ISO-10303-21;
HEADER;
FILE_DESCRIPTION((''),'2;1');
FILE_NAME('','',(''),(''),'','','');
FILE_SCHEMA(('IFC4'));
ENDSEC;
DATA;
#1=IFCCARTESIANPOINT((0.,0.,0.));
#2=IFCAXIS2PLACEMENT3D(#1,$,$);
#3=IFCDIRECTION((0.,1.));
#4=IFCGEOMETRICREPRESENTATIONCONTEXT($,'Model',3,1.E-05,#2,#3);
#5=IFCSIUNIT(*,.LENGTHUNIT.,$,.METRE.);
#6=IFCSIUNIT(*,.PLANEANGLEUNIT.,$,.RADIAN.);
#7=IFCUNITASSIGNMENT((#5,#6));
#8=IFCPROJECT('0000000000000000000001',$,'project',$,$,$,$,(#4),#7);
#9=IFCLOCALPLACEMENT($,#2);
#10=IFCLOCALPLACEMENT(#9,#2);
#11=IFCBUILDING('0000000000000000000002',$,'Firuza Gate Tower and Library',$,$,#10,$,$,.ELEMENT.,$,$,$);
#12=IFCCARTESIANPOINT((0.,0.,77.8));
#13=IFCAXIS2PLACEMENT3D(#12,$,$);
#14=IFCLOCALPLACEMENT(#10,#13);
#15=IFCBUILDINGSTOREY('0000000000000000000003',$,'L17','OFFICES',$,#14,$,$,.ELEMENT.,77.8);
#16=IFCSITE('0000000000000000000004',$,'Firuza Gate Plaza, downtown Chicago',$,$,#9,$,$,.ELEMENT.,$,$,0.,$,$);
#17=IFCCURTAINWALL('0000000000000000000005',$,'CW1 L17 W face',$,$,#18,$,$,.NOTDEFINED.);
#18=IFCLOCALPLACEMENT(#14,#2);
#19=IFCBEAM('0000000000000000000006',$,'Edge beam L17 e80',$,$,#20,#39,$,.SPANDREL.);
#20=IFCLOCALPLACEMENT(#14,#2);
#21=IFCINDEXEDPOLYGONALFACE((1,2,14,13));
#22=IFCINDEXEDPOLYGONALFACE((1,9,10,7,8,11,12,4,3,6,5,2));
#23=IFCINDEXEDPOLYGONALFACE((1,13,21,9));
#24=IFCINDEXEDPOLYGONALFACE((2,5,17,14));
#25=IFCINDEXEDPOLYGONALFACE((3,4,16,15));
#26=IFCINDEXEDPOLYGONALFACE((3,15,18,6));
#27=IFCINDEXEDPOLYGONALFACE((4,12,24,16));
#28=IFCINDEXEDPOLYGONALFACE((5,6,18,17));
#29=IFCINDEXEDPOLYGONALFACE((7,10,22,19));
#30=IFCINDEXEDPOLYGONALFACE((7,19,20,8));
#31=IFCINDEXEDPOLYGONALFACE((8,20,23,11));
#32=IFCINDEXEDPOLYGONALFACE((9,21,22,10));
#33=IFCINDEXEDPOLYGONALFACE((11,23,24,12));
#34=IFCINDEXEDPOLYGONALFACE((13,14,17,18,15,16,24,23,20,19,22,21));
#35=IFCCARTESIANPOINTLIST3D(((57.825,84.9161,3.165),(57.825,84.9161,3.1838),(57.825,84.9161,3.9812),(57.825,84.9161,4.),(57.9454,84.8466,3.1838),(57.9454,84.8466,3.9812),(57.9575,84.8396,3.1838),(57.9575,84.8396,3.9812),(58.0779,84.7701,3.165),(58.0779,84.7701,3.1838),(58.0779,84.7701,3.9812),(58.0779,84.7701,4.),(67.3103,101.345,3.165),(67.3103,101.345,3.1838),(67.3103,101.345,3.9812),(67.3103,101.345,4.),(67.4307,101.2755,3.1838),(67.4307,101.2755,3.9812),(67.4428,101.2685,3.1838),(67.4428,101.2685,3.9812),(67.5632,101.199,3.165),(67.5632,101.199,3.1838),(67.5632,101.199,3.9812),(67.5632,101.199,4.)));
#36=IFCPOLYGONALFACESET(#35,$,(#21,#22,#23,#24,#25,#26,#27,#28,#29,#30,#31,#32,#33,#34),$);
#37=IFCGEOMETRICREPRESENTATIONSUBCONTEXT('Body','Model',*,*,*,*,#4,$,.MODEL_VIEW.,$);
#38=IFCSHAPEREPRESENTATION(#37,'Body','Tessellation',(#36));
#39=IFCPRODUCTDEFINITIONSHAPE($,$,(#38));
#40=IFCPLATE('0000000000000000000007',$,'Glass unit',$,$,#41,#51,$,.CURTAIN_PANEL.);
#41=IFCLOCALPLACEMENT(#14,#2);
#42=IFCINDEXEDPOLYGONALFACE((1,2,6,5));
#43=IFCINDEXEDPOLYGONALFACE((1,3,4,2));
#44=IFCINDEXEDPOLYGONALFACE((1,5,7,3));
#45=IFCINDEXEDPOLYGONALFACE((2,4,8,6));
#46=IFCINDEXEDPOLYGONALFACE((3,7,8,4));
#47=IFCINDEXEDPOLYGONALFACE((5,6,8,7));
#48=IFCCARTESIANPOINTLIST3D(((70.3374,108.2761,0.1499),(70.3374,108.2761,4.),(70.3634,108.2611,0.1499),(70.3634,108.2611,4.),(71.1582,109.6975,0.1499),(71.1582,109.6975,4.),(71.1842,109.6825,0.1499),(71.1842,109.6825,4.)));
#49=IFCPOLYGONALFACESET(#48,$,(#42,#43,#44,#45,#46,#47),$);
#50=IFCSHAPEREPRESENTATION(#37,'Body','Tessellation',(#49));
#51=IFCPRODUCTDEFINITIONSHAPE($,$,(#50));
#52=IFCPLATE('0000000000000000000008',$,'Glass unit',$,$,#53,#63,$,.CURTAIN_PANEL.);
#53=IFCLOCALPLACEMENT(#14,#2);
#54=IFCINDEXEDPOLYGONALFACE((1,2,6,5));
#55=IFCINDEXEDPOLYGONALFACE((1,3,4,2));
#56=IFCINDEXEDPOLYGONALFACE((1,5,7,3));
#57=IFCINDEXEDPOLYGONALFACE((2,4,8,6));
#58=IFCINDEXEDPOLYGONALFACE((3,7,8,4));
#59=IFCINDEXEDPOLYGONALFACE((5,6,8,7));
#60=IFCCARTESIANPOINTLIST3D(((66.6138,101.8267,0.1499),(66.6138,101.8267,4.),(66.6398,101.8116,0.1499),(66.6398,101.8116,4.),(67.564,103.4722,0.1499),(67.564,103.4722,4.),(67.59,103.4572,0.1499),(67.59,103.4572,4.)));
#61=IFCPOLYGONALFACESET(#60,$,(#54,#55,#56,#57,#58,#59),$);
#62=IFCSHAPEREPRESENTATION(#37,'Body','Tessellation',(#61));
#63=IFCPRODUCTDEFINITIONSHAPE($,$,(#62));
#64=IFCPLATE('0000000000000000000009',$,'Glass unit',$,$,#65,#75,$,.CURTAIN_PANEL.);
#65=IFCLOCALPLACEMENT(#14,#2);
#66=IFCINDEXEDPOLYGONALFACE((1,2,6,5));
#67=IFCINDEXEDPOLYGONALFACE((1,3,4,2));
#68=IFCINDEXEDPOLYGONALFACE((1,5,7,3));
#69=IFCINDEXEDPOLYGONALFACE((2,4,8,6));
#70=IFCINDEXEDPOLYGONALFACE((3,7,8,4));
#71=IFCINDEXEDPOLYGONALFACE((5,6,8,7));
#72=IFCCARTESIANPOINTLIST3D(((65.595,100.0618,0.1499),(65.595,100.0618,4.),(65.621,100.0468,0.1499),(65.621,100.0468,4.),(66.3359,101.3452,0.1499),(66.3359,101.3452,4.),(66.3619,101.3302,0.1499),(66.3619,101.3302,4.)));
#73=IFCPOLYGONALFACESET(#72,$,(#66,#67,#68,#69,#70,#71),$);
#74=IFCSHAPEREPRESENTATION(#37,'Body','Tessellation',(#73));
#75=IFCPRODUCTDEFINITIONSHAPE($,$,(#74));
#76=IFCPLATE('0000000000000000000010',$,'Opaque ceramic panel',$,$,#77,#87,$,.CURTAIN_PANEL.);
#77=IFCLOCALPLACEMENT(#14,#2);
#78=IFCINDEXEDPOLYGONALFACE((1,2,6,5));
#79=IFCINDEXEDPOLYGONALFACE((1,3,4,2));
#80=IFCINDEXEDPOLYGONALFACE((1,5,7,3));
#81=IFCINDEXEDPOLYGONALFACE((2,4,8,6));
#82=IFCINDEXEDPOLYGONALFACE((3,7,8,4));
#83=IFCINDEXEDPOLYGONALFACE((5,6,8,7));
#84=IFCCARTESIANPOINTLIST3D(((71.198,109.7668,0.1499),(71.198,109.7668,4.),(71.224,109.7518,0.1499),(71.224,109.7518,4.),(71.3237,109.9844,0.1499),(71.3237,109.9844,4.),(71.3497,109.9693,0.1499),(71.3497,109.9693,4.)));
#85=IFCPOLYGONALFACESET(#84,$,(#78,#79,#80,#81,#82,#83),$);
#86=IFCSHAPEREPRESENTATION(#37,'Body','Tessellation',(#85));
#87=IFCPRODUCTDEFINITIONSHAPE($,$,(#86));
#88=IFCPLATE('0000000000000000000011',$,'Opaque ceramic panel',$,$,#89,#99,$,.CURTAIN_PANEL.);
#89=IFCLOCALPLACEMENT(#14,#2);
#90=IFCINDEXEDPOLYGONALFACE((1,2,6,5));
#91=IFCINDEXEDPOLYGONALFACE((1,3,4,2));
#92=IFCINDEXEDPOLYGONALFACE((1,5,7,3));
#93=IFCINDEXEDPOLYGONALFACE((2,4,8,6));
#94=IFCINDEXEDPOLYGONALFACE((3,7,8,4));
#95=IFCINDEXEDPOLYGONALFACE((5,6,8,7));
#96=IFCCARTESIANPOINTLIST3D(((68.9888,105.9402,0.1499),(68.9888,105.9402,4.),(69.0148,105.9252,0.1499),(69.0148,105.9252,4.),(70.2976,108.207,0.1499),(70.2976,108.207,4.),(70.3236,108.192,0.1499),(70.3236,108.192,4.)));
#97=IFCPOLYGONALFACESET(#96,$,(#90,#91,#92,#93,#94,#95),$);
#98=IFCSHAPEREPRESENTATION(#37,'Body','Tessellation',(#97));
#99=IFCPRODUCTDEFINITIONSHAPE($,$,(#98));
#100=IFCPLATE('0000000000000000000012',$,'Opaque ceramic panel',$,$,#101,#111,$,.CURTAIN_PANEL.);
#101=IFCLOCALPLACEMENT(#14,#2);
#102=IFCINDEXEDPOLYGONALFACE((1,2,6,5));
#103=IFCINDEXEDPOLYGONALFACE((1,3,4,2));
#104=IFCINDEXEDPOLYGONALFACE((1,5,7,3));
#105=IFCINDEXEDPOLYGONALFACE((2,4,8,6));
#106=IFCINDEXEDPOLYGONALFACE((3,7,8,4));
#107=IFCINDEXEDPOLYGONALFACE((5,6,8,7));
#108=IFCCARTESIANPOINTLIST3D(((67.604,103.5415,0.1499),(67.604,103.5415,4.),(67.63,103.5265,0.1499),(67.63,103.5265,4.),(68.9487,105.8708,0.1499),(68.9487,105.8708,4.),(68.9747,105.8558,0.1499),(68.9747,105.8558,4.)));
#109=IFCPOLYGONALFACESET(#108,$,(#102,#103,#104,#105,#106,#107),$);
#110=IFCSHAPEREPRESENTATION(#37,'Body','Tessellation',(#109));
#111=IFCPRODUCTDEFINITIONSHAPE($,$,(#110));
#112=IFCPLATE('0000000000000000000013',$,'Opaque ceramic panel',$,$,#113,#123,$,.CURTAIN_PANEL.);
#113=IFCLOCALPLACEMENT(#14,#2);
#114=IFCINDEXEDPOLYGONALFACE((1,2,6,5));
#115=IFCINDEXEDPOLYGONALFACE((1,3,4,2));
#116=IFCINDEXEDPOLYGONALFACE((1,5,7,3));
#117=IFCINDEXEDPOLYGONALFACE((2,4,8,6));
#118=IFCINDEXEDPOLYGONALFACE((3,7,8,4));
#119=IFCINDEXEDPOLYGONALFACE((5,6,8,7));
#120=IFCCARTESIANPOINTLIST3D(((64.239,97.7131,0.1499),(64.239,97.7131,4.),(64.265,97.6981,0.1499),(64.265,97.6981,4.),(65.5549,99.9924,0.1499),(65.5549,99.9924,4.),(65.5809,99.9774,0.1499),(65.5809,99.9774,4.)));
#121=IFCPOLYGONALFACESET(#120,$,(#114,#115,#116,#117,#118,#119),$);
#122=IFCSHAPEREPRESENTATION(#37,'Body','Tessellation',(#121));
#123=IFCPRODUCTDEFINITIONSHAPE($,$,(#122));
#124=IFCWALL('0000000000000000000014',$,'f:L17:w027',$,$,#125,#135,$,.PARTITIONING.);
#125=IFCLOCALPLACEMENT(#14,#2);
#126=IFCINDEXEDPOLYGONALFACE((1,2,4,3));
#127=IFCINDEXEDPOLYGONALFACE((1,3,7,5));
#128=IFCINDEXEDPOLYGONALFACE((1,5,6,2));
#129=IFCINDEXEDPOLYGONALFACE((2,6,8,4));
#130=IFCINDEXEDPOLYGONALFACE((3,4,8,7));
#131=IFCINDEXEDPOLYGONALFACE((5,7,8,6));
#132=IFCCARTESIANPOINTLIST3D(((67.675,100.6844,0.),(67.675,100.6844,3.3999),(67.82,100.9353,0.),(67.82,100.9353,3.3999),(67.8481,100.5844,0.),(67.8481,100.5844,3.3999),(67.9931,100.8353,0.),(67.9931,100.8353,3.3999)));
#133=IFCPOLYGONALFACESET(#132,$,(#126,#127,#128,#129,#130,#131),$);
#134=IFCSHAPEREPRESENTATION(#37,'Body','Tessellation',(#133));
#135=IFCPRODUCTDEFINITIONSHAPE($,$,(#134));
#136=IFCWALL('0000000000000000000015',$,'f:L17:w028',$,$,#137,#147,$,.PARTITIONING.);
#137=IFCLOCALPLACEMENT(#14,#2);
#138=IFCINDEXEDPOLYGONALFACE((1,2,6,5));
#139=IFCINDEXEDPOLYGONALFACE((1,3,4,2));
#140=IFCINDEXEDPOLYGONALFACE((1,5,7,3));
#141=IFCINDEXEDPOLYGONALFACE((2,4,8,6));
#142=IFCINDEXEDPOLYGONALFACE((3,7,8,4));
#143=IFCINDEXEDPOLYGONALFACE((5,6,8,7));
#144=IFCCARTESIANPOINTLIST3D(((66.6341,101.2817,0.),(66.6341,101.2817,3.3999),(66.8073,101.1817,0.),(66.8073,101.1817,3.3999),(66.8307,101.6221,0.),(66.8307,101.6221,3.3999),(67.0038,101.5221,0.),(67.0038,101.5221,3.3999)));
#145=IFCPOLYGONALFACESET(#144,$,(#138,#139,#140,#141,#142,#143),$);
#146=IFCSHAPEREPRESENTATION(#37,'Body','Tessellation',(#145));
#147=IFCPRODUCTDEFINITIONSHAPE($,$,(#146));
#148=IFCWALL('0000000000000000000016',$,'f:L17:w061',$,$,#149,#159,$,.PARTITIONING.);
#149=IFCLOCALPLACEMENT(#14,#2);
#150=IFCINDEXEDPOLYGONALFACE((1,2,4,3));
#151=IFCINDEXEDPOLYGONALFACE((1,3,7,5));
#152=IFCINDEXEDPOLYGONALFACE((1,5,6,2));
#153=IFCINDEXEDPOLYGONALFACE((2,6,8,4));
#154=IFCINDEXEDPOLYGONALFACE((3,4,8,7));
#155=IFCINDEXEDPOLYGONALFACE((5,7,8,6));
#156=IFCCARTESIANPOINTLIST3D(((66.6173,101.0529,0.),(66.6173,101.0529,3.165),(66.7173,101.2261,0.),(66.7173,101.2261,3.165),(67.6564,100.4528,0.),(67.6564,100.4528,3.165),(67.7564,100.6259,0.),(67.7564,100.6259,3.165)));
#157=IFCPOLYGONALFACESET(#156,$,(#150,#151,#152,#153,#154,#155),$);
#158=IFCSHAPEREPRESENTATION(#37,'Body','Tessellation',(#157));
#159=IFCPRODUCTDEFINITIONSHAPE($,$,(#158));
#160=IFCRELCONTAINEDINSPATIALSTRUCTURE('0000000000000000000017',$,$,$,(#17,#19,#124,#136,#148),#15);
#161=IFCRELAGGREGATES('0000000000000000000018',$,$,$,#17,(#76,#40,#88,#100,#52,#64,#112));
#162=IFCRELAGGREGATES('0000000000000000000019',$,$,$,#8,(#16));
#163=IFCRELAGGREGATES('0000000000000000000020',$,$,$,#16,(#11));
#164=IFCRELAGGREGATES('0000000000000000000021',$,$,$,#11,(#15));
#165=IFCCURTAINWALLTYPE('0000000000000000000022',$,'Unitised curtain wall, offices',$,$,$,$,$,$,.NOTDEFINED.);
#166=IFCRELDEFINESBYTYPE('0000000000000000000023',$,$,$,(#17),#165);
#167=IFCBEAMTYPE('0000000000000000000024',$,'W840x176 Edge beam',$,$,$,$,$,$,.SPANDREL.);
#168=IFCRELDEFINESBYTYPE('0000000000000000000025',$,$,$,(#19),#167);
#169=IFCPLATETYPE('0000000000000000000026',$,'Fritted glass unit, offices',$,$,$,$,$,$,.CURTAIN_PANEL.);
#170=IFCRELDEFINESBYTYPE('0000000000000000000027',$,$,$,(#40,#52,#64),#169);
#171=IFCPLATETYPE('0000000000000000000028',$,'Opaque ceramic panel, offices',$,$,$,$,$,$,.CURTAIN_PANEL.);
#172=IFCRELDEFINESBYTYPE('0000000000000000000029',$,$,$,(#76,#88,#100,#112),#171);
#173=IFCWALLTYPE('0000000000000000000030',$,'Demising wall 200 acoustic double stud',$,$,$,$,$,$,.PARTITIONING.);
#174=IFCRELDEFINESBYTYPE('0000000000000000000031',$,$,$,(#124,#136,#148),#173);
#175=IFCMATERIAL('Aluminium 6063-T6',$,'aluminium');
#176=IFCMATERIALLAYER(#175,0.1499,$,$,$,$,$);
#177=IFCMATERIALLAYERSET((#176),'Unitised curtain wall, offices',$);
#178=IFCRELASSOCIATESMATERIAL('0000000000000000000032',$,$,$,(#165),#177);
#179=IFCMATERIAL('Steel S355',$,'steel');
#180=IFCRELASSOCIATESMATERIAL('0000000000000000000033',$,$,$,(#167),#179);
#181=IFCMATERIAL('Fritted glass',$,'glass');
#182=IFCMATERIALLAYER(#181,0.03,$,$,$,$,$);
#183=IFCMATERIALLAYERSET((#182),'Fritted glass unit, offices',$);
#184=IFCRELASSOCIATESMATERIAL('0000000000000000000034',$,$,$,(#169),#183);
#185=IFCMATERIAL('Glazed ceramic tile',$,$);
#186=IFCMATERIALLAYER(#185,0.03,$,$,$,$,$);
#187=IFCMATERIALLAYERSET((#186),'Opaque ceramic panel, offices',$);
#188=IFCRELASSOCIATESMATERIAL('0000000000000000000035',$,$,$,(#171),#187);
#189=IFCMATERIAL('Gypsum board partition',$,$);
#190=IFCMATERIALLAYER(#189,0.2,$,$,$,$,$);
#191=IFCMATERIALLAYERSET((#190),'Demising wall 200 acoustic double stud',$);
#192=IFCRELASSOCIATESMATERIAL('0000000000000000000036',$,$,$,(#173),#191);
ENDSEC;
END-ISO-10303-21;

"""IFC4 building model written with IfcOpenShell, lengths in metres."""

from ifc_helpers import new_model, si_unit, direction, frame, frame_2d, origin, origin_2d, place, context, subcontext, project, spatial, polyline, rectangle, i_section, outline, extrude, material, layer, layer_set, material_profile, profile_set, type_object, element, aggregate, save


model = new_model("IFC4")

# Units and contexts
model_context = context("Model", 3, precision=1e-05, world=origin(), true_north=direction((0.0, 1.0)))
body_context = subcontext(model_context, "Body", "Model", "MODEL_VIEW")
ifc_project = project(units=[si_unit("LENGTHUNIT", "METRE"), si_unit("PLANEANGLEUNIT", "RADIAN")], contexts=[model_context])

# Site, building, storey
site_placement = place(None, origin())
site = spatial("IfcSite", under=ifc_project, at=site_placement, Name="Firuza Gate Plaza, downtown Chicago", CompositionType="ELEMENT", RefElevation=0.0)
building_placement = place(site_placement, origin())
building = spatial("IfcBuilding", under=site, at=building_placement, Name="Firuza Gate Tower and Library", CompositionType="ELEMENT")
storey_placement = place(building_placement, frame((0.0, 0.0, 77.8)))
storey = spatial("IfcBuildingStorey", under=building, at=storey_placement, Name="L17", Description="OFFICES", CompositionType="ELEMENT", Elevation=77.8)

# Curtain wall
ifc_material_1 = material(Name="Aluminium 6063-T6", Category="aluminium")
ifc_layer_1 = layer(ifc_material_1, 0.1499)
ifc_layer_set_1 = layer_set([ifc_layer_1], Name="Unitised curtain wall, offices")
curtain_wall_type = type_object("IfcCurtainWallType", Name="Unitised curtain wall, offices", PredefinedType="NOTDEFINED", material=ifc_layer_set_1)
curtain_wall_placement = place(storey_placement, origin())
curtain_wall = element("IfcCurtainWall", 1, at=curtain_wall_placement, inside=storey, type_object=curtain_wall_type, Name="CW1 L17 W face", PredefinedType="NOTDEFINED")

# Beam
ifc_material_2 = material(Name="Steel S355", Category="steel")
ifc_material_profile_1 = material_profile(ifc_material_2, i_section(OverallWidth=0.292, OverallDepth=0.835, WebThickness=0.0139, FlangeThickness=0.0188, at=origin_2d()))
ifc_profile_set_1 = profile_set([ifc_material_profile_1], Name="Steel S355")
beam_type_1 = type_object("IfcBeamType", Name="W840x176 Edge beam", PredefinedType="SPANDREL", material=ifc_profile_set_1)
beam_1_placement = place(storey_placement, frame((67.4368, 101.272, 3.5825), z_axis=(-0.500004, -0.866023, 0.0), x_axis=(0.866023, -0.500004, 0.0)))
element("IfcBeam", 2, at=beam_1_placement, inside=storey, type_object=beam_type_1, Name="Edge beam L17 e80", PredefinedType="SPANDREL", context=body_context, shape_type="SweptSolid", body=[
    extrude(i_section(OverallWidth=0.292, OverallDepth=0.835, WebThickness=0.0139, FlangeThickness=0.0188, at=origin_2d()), origin(), (0.0, 0.0, 1.0), 18.9705),
])

# Plates
ifc_material_3 = material(Name="Fritted glass", Category="glass")
ifc_layer_2 = layer(ifc_material_3, 0.03)
ifc_layer_set_2 = layer_set([ifc_layer_2], Name="Fritted glass unit, offices")
plate_type_1 = type_object("IfcPlateType", Name="Fritted glass unit, offices", PredefinedType="CURTAIN_PANEL", material=ifc_layer_set_2)
plate_1_placement = place(storey_placement, frame((71.1582, 109.6975, 0.1499), z_axis=(-0.865982, 0.500074, 0.0), x_axis=(-0.500074, -0.865982, 0.0)))
plate_1 = element("IfcPlate", 3, at=plate_1_placement, type_object=plate_type_1, Name="Glass unit", PredefinedType="CURTAIN_PANEL", context=body_context, shape_type="SweptSolid", body=[
    extrude(outline(polyline([(0.0, 0.0), (1.6414, 0.0), (1.6414, 3.8501), (0.0, 3.8501), (0.0, 0.0)])), origin(), (0.0, 0.0, -1.0), 0.03),
])
plate_2_placement = place(storey_placement, frame((67.564, 103.4722, 0.1499), z_axis=(-0.865989, 0.500064, 0.0), x_axis=(-0.500064, -0.865989, 0.0)))
plate_2 = element("IfcPlate", 4, at=plate_2_placement, type_object=plate_type_1, Name="Glass unit", PredefinedType="CURTAIN_PANEL", context=body_context, shape_type="SweptSolid", body=[
    extrude(outline(polyline([(0.0, 0.0), (1.9001, 0.0), (1.9001, 3.8501), (0.0, 3.8501), (0.0, 0.0)])), origin(), (0.0, 0.0, -1.0), 0.03),
])
plate_3_placement = place(storey_placement, frame((66.3359, 101.3452, 0.1499), z_axis=(-0.866035, 0.499984, 0.0), x_axis=(-0.499984, -0.866035, 0.0)))
plate_3 = element("IfcPlate", 5, at=plate_3_placement, type_object=plate_type_1, Name="Glass unit", PredefinedType="CURTAIN_PANEL", context=body_context, shape_type="SweptSolid", body=[
    extrude(outline(polyline([(0.0, 0.0), (1.482, 0.0), (1.482, 3.8501), (0.0, 3.8501), (0.0, 0.0)])), origin(), (0.0, 0.0, -1.0), 0.03),
])
ifc_material_4 = material(Name="Glazed ceramic tile")
ifc_layer_3 = layer(ifc_material_4, 0.03)
ifc_layer_set_3 = layer_set([ifc_layer_3], Name="Opaque ceramic panel, offices")
plate_type_2 = type_object("IfcPlateType", Name="Opaque ceramic panel, offices", PredefinedType="CURTAIN_PANEL", material=ifc_layer_set_3)
plate_4_placement = place(storey_placement, frame((71.3237, 109.9844, 0.1499), z_axis=(-0.865781, 0.500423, 0.0), x_axis=(-0.500423, -0.865781, 0.0)))
plate_4 = element("IfcPlate", 6, at=plate_4_placement, type_object=plate_type_2, Name="Opaque ceramic panel", PredefinedType="CURTAIN_PANEL", context=body_context, shape_type="SweptSolid", body=[
    extrude(outline(polyline([(0.0, 0.0), (0.2513, 0.0), (0.2513, 3.8501), (0.0, 3.8501), (0.0, 0.0)])), origin(), (0.0, 0.0, -1.0), 0.03),
])
plate_5_placement = place(storey_placement, frame((70.2976, 108.207, 0.1499), z_axis=(-0.866013, 0.500021, 0.0), x_axis=(-0.500021, -0.866013, 0.0)))
plate_5 = element("IfcPlate", 7, at=plate_5_placement, type_object=plate_type_2, Name="Opaque ceramic panel", PredefinedType="CURTAIN_PANEL", context=body_context, shape_type="SweptSolid", body=[
    extrude(outline(polyline([(0.0, 0.0), (2.6176, 0.0), (2.6176, 3.8501), (0.0, 3.8501), (0.0, 0.0)])), origin(), (0.0, 0.0, -1.0), 0.03),
])
plate_6_placement = place(storey_placement, frame((68.9487, 105.8708, 0.1499), z_axis=(-0.866045, 0.499966, 0.0), x_axis=(-0.499966, -0.866045, 0.0)))
plate_6 = element("IfcPlate", 8, at=plate_6_placement, type_object=plate_type_2, Name="Opaque ceramic panel", PredefinedType="CURTAIN_PANEL", context=body_context, shape_type="SweptSolid", body=[
    extrude(outline(polyline([(0.0, 0.0), (2.6896, 0.0), (2.6896, 3.8501), (0.0, 3.8501), (0.0, 0.0)])), origin(), (0.0, 0.0, -1.0), 0.03),
])
plate_7_placement = place(storey_placement, frame((65.5549, 99.9924, 0.1499), z_axis=(-0.866031, 0.49999, 0.0), x_axis=(-0.49999, -0.866031, 0.0)))
plate_7 = element("IfcPlate", 9, at=plate_7_placement, type_object=plate_type_2, Name="Opaque ceramic panel", PredefinedType="CURTAIN_PANEL", context=body_context, shape_type="SweptSolid", body=[
    extrude(outline(polyline([(0.0, 0.0), (2.6319, 0.0), (2.6319, 3.8501), (0.0, 3.8501), (0.0, 0.0)])), origin(), (0.0, 0.0, -1.0), 0.03),
])
aggregate(curtain_wall, [plate_4, plate_1, plate_5, plate_6, plate_2, plate_3, plate_7])

# Walls
ifc_material_5 = material(Name="Gypsum board partition")
ifc_layer_4 = layer(ifc_material_5, 0.2)
ifc_layer_set_4 = layer_set([ifc_layer_4], Name="Demising wall 200 acoustic double stud")
wall_type_1 = type_object("IfcWallType", Name="Demising wall 200 acoustic double stud", PredefinedType="PARTITIONING", material=ifc_layer_set_4)
wall_1_placement = place(storey_placement, frame((67.7615, 100.6343, 0.0), z_axis=(0.0, 0.0, 1.0), x_axis=(0.500306, 0.865849, 0.0)))
element("IfcWall", 10, at=wall_1_placement, inside=storey, type_object=wall_type_1, Name="f:L17:w027", PredefinedType="PARTITIONING", context=body_context, shape_type="SweptSolid", body=[
    extrude(rectangle(XDim=0.2898, YDim=0.2, at=frame_2d((0.145, 0.0))), origin(), (0.0, 0.0, 1.0), 3.3999),
])
wall_2_placement = place(storey_placement, frame((66.7207, 101.2317, 0.0), z_axis=(0.0, 0.0, 1.0), x_axis=(0.500081, 0.865979, 0.0)))
element("IfcWall", 11, at=wall_2_placement, inside=storey, type_object=wall_type_1, Name="f:L17:w028", PredefinedType="PARTITIONING", context=body_context, shape_type="SweptSolid", body=[
    extrude(rectangle(XDim=0.3931, YDim=0.2, at=frame_2d((0.1965, 0.0))), origin(), (0.0, 0.0, 1.0), 3.3999),
])
wall_3_placement = place(storey_placement, frame((67.7065, 100.5393, 0.0), z_axis=(0.0, 0.0, 1.0), x_axis=(-0.865955, 0.500122, 0.0)))
element("IfcWall", 12, at=wall_3_placement, inside=storey, type_object=wall_type_1, Name="f:L17:w061", PredefinedType="PARTITIONING", context=body_context, shape_type="SweptSolid", body=[
    extrude(rectangle(XDim=1.2, YDim=0.2, at=frame_2d((0.6001, 0.0))), origin(), (0.0, 0.0, 1.0), 3.165),
])

save(model, "model.ifc")
